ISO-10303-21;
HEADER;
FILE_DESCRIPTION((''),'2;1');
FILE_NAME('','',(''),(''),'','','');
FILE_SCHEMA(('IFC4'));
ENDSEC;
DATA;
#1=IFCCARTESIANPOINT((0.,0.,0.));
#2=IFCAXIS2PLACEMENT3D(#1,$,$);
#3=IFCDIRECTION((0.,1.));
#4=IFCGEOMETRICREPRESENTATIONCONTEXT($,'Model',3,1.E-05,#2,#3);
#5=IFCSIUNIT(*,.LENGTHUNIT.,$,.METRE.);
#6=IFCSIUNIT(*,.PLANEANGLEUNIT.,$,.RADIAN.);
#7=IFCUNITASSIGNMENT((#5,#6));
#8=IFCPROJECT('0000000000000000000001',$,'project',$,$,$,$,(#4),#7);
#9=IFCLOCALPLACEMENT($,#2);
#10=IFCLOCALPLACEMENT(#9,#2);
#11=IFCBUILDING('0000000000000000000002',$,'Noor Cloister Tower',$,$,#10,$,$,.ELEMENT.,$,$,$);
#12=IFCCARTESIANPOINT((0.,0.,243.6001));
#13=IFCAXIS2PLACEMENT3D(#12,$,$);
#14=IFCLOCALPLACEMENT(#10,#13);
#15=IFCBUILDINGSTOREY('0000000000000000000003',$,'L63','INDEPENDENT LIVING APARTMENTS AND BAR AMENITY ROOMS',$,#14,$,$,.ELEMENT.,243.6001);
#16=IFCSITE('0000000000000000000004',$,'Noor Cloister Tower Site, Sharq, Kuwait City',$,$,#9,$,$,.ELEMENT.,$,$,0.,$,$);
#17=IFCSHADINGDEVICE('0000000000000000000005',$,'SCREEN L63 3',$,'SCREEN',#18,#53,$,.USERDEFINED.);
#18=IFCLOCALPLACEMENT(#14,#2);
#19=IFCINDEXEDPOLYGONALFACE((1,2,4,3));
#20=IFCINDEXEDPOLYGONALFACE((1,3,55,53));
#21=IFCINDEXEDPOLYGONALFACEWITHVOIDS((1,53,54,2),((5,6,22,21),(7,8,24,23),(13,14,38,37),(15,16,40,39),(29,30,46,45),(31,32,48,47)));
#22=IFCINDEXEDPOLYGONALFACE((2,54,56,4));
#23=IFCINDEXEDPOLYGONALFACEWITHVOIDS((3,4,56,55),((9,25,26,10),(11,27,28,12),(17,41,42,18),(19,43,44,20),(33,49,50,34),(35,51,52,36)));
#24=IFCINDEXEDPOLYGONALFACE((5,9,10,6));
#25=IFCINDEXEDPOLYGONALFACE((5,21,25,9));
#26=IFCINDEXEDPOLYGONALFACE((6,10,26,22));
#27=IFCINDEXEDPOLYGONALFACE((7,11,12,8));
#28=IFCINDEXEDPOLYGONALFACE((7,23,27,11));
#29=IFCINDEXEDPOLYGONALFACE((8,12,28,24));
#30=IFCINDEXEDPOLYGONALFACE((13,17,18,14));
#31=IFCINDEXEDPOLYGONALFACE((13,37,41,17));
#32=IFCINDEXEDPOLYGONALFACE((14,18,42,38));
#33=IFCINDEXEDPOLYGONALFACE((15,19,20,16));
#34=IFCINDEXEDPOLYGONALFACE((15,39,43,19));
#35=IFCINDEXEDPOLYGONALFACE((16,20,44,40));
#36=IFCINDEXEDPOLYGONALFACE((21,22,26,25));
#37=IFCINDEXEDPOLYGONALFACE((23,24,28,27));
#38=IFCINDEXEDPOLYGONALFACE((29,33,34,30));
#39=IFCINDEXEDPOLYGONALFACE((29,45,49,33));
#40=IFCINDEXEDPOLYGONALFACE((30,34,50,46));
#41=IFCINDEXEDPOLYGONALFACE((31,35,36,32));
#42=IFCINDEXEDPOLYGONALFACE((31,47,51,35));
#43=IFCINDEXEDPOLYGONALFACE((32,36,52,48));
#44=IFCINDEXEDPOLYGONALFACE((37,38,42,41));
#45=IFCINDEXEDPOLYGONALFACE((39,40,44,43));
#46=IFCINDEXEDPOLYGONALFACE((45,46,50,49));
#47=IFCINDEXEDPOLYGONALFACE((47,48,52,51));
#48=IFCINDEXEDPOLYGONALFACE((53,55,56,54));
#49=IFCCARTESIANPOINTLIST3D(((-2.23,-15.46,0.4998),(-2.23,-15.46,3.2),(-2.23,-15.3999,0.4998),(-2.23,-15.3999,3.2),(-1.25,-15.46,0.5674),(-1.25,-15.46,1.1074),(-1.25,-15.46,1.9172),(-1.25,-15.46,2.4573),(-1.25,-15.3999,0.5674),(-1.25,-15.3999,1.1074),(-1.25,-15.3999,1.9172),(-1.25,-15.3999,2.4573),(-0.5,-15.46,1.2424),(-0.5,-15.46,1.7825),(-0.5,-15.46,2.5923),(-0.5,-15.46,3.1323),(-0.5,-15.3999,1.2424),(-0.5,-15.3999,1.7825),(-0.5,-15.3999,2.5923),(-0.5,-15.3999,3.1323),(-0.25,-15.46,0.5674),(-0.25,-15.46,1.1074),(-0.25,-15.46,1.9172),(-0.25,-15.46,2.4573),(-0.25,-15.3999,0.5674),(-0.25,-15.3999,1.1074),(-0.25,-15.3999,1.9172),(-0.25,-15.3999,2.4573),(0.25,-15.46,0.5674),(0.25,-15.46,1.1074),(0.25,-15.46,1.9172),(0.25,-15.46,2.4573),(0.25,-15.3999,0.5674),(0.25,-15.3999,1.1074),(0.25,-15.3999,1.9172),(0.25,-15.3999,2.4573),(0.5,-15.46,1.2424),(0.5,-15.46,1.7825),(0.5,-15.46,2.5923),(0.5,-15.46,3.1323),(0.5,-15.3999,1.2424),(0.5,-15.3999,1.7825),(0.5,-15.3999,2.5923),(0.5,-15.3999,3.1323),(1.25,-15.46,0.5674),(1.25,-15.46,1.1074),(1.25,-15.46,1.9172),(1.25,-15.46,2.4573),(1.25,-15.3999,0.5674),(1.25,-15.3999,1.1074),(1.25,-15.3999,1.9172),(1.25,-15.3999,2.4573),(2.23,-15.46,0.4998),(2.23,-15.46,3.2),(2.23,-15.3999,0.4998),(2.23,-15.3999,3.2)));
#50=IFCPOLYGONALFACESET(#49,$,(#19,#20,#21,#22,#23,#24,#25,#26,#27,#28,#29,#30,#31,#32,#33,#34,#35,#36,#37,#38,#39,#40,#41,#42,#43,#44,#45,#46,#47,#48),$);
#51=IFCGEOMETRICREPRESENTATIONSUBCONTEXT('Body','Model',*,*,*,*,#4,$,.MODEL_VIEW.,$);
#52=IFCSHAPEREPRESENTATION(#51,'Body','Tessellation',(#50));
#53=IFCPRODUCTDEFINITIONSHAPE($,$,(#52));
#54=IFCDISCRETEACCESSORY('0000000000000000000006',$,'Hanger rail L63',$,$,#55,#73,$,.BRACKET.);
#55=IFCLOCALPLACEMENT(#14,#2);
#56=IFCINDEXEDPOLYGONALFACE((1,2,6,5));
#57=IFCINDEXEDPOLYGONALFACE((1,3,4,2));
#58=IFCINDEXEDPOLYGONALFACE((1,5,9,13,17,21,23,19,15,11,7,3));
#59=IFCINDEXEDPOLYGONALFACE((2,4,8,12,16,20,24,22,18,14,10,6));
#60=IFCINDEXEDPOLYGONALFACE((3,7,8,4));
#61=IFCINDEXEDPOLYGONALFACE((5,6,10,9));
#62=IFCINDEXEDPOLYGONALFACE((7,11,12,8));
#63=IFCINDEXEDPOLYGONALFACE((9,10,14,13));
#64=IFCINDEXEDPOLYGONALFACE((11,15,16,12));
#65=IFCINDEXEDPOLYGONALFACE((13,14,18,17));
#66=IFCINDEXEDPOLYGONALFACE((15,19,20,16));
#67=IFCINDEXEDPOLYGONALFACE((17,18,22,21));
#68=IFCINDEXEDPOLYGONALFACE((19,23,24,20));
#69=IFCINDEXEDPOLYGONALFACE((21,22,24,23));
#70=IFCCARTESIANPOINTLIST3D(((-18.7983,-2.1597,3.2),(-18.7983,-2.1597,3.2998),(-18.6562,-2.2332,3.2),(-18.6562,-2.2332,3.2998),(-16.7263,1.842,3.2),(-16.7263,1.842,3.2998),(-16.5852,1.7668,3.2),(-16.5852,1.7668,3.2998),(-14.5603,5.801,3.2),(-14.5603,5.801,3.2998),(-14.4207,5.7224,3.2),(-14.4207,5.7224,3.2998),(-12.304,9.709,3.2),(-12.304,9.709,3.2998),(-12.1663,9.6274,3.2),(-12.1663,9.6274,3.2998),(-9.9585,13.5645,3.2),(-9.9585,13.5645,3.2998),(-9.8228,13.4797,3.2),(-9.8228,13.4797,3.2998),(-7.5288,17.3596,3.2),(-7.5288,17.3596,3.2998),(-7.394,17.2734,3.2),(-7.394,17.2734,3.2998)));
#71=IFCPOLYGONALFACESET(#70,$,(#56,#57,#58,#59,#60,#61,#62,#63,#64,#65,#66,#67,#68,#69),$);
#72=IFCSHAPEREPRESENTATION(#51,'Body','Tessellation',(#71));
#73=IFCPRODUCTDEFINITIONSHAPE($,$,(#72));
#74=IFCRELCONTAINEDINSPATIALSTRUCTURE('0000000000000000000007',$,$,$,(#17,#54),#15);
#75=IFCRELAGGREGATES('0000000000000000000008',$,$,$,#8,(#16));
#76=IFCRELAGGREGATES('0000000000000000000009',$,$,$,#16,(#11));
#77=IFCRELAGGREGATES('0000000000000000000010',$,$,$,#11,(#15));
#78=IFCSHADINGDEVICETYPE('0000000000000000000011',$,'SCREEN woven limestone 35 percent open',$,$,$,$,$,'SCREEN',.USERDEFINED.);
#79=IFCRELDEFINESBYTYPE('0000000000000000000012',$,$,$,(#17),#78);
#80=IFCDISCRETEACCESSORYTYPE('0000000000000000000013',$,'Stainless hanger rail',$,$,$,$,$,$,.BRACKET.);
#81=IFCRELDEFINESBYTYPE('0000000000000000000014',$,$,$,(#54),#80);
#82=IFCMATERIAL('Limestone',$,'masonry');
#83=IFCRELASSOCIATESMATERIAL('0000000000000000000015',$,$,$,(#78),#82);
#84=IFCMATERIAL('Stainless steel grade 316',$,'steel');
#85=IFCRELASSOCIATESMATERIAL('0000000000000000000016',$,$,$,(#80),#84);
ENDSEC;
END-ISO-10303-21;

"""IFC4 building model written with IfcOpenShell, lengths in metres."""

from ifc_helpers import new_model, si_unit, direction, frame, origin, place, context, subcontext, project, spatial, polyline, outline, extrude, material, material_profile, profile_set, type_object, element, save


model = new_model("IFC4")

# Units and contexts
model_context = context("Model", 3, precision=1e-05, world=origin(), true_north=direction((0.0, 1.0)))
body_context = subcontext(model_context, "Body", "Model", "MODEL_VIEW")
ifc_project = project(units=[si_unit("LENGTHUNIT", "METRE"), si_unit("PLANEANGLEUNIT", "RADIAN")], contexts=[model_context])

# Site, building, storey
site_placement = place(None, origin())
site = spatial("IfcSite", under=ifc_project, at=site_placement, Name="Noor Cloister Tower Site, Sharq, Kuwait City", CompositionType="ELEMENT", RefElevation=0.0)
building_placement = place(site_placement, origin())
building = spatial("IfcBuilding", under=site, at=building_placement, Name="Noor Cloister Tower", CompositionType="ELEMENT")
storey_placement = place(building_placement, frame((0.0, 0.0, 243.6001)))
storey = spatial("IfcBuildingStorey", under=building, at=storey_placement, Name="L63", Description="INDEPENDENT LIVING APARTMENTS AND BAR AMENITY ROOMS", CompositionType="ELEMENT", Elevation=243.6001)

# Shading device
ifc_material_1 = material(Name="Limestone", Category="masonry")
ifc_material_profile_1 = material_profile(ifc_material_1, outline(polyline([(-2.23, -1.3501), (2.23, -1.3501), (2.23, 1.3501), (-2.23, 1.3501), (-2.23, -1.3501)]), holes=[polyline([(-1.25, -1.2825), (-0.25, -1.2825), (-0.25, -0.7424), (-1.25, -0.7424), (-1.25, -1.2825)]), polyline([(0.25, -1.2825), (1.25, -1.2825), (1.25, -0.7424), (0.25, -0.7424), (0.25, -1.2825)]), polyline([(-0.5, -0.6074), (0.5, -0.6074), (0.5, -0.0674), (-0.5, -0.0674), (-0.5, -0.6074)]), polyline([(-1.25, 0.0674), (-0.25, 0.0674), (-0.25, 0.6074), (-1.25, 0.6074), (-1.25, 0.0674)]), polyline([(0.25, 0.0674), (1.25, 0.0674), (1.25, 0.6074), (0.25, 0.6074), (0.25, 0.0674)]), polyline([(-0.5, 0.7424), (0.5, 0.7424), (0.5, 1.2825), (-0.5, 1.2825), (-0.5, 0.7424)])]), Name="Woven screen 35 percent open")
ifc_profile_set_1 = profile_set([ifc_material_profile_1], Name="Limestone")
shading_device_type = type_object("IfcShadingDeviceType", Name="SCREEN woven limestone 35 percent open", ElementType="SCREEN", PredefinedType="USERDEFINED", material=ifc_profile_set_1)
shading_device_1_placement = place(storey_placement, frame((0.0, -15.3999, 1.8499), z_axis=(0.0, -1.0, 0.0), x_axis=(1.0, 0.0, 0.0)))
element("IfcShadingDevice", 1, at=shading_device_1_placement, inside=storey, type_object=shading_device_type, Name="SCREEN L63 3", ObjectType="SCREEN", PredefinedType="USERDEFINED", context=body_context, shape_type="SweptSolid", body=[
    extrude(outline(polyline([(-2.23, -1.3501), (2.23, -1.3501), (2.23, 1.3501), (-2.23, 1.3501), (-2.23, -1.3501)]), holes=[polyline([(-1.25, -1.2825), (-0.25, -1.2825), (-0.25, -0.7424), (-1.25, -0.7424), (-1.25, -1.2825)]), polyline([(0.25, -1.2825), (1.25, -1.2825), (1.25, -0.7424), (0.25, -0.7424), (0.25, -1.2825)]), polyline([(-0.5, -0.6074), (0.5, -0.6074), (0.5, -0.0674), (-0.5, -0.0674), (-0.5, -0.6074)]), polyline([(-1.25, 0.0674), (-0.25, 0.0674), (-0.25, 0.6074), (-1.25, 0.6074), (-1.25, 0.0674)]), polyline([(0.25, 0.0674), (1.25, 0.0674), (1.25, 0.6074), (0.25, 0.6074), (0.25, 0.0674)]), polyline([(-0.5, 0.7424), (0.5, 0.7424), (0.5, 1.2825), (-0.5, 1.2825), (-0.5, 0.7424)])]), origin(), (0.0, 0.0, 1.0), 0.0601),
])

# Discrete accessory
ifc_material_2 = material(Name="Stainless steel grade 316", Category="steel")
discrete_accessory_type = type_object("IfcDiscreteAccessoryType", Name="Stainless hanger rail", PredefinedType="BRACKET", material=ifc_material_2)
discrete_accessory_placement = place(storey_placement, frame((0.0, 0.0, 3.2)))
element("IfcDiscreteAccessory", 2, at=discrete_accessory_placement, inside=storey, type_object=discrete_accessory_type, Name="Hanger rail L63", PredefinedType="BRACKET", context=body_context, shape_type="SweptSolid", body=[
    extrude(outline(polyline([(-7.5288, 17.3596), (-9.9585, 13.5645), (-12.304, 9.709), (-14.5603, 5.801), (-16.7263, 1.842), (-18.7983, -2.1597), (-18.6562, -2.2332), (-16.5852, 1.7668), (-14.4207, 5.7224), (-12.1663, 9.6274), (-9.8228, 13.4797), (-7.394, 17.2734), (-7.5288, 17.3596)])), origin(), (0.0, 0.0, 1.0), 0.0999),
])

save(model, "model.ifc")
